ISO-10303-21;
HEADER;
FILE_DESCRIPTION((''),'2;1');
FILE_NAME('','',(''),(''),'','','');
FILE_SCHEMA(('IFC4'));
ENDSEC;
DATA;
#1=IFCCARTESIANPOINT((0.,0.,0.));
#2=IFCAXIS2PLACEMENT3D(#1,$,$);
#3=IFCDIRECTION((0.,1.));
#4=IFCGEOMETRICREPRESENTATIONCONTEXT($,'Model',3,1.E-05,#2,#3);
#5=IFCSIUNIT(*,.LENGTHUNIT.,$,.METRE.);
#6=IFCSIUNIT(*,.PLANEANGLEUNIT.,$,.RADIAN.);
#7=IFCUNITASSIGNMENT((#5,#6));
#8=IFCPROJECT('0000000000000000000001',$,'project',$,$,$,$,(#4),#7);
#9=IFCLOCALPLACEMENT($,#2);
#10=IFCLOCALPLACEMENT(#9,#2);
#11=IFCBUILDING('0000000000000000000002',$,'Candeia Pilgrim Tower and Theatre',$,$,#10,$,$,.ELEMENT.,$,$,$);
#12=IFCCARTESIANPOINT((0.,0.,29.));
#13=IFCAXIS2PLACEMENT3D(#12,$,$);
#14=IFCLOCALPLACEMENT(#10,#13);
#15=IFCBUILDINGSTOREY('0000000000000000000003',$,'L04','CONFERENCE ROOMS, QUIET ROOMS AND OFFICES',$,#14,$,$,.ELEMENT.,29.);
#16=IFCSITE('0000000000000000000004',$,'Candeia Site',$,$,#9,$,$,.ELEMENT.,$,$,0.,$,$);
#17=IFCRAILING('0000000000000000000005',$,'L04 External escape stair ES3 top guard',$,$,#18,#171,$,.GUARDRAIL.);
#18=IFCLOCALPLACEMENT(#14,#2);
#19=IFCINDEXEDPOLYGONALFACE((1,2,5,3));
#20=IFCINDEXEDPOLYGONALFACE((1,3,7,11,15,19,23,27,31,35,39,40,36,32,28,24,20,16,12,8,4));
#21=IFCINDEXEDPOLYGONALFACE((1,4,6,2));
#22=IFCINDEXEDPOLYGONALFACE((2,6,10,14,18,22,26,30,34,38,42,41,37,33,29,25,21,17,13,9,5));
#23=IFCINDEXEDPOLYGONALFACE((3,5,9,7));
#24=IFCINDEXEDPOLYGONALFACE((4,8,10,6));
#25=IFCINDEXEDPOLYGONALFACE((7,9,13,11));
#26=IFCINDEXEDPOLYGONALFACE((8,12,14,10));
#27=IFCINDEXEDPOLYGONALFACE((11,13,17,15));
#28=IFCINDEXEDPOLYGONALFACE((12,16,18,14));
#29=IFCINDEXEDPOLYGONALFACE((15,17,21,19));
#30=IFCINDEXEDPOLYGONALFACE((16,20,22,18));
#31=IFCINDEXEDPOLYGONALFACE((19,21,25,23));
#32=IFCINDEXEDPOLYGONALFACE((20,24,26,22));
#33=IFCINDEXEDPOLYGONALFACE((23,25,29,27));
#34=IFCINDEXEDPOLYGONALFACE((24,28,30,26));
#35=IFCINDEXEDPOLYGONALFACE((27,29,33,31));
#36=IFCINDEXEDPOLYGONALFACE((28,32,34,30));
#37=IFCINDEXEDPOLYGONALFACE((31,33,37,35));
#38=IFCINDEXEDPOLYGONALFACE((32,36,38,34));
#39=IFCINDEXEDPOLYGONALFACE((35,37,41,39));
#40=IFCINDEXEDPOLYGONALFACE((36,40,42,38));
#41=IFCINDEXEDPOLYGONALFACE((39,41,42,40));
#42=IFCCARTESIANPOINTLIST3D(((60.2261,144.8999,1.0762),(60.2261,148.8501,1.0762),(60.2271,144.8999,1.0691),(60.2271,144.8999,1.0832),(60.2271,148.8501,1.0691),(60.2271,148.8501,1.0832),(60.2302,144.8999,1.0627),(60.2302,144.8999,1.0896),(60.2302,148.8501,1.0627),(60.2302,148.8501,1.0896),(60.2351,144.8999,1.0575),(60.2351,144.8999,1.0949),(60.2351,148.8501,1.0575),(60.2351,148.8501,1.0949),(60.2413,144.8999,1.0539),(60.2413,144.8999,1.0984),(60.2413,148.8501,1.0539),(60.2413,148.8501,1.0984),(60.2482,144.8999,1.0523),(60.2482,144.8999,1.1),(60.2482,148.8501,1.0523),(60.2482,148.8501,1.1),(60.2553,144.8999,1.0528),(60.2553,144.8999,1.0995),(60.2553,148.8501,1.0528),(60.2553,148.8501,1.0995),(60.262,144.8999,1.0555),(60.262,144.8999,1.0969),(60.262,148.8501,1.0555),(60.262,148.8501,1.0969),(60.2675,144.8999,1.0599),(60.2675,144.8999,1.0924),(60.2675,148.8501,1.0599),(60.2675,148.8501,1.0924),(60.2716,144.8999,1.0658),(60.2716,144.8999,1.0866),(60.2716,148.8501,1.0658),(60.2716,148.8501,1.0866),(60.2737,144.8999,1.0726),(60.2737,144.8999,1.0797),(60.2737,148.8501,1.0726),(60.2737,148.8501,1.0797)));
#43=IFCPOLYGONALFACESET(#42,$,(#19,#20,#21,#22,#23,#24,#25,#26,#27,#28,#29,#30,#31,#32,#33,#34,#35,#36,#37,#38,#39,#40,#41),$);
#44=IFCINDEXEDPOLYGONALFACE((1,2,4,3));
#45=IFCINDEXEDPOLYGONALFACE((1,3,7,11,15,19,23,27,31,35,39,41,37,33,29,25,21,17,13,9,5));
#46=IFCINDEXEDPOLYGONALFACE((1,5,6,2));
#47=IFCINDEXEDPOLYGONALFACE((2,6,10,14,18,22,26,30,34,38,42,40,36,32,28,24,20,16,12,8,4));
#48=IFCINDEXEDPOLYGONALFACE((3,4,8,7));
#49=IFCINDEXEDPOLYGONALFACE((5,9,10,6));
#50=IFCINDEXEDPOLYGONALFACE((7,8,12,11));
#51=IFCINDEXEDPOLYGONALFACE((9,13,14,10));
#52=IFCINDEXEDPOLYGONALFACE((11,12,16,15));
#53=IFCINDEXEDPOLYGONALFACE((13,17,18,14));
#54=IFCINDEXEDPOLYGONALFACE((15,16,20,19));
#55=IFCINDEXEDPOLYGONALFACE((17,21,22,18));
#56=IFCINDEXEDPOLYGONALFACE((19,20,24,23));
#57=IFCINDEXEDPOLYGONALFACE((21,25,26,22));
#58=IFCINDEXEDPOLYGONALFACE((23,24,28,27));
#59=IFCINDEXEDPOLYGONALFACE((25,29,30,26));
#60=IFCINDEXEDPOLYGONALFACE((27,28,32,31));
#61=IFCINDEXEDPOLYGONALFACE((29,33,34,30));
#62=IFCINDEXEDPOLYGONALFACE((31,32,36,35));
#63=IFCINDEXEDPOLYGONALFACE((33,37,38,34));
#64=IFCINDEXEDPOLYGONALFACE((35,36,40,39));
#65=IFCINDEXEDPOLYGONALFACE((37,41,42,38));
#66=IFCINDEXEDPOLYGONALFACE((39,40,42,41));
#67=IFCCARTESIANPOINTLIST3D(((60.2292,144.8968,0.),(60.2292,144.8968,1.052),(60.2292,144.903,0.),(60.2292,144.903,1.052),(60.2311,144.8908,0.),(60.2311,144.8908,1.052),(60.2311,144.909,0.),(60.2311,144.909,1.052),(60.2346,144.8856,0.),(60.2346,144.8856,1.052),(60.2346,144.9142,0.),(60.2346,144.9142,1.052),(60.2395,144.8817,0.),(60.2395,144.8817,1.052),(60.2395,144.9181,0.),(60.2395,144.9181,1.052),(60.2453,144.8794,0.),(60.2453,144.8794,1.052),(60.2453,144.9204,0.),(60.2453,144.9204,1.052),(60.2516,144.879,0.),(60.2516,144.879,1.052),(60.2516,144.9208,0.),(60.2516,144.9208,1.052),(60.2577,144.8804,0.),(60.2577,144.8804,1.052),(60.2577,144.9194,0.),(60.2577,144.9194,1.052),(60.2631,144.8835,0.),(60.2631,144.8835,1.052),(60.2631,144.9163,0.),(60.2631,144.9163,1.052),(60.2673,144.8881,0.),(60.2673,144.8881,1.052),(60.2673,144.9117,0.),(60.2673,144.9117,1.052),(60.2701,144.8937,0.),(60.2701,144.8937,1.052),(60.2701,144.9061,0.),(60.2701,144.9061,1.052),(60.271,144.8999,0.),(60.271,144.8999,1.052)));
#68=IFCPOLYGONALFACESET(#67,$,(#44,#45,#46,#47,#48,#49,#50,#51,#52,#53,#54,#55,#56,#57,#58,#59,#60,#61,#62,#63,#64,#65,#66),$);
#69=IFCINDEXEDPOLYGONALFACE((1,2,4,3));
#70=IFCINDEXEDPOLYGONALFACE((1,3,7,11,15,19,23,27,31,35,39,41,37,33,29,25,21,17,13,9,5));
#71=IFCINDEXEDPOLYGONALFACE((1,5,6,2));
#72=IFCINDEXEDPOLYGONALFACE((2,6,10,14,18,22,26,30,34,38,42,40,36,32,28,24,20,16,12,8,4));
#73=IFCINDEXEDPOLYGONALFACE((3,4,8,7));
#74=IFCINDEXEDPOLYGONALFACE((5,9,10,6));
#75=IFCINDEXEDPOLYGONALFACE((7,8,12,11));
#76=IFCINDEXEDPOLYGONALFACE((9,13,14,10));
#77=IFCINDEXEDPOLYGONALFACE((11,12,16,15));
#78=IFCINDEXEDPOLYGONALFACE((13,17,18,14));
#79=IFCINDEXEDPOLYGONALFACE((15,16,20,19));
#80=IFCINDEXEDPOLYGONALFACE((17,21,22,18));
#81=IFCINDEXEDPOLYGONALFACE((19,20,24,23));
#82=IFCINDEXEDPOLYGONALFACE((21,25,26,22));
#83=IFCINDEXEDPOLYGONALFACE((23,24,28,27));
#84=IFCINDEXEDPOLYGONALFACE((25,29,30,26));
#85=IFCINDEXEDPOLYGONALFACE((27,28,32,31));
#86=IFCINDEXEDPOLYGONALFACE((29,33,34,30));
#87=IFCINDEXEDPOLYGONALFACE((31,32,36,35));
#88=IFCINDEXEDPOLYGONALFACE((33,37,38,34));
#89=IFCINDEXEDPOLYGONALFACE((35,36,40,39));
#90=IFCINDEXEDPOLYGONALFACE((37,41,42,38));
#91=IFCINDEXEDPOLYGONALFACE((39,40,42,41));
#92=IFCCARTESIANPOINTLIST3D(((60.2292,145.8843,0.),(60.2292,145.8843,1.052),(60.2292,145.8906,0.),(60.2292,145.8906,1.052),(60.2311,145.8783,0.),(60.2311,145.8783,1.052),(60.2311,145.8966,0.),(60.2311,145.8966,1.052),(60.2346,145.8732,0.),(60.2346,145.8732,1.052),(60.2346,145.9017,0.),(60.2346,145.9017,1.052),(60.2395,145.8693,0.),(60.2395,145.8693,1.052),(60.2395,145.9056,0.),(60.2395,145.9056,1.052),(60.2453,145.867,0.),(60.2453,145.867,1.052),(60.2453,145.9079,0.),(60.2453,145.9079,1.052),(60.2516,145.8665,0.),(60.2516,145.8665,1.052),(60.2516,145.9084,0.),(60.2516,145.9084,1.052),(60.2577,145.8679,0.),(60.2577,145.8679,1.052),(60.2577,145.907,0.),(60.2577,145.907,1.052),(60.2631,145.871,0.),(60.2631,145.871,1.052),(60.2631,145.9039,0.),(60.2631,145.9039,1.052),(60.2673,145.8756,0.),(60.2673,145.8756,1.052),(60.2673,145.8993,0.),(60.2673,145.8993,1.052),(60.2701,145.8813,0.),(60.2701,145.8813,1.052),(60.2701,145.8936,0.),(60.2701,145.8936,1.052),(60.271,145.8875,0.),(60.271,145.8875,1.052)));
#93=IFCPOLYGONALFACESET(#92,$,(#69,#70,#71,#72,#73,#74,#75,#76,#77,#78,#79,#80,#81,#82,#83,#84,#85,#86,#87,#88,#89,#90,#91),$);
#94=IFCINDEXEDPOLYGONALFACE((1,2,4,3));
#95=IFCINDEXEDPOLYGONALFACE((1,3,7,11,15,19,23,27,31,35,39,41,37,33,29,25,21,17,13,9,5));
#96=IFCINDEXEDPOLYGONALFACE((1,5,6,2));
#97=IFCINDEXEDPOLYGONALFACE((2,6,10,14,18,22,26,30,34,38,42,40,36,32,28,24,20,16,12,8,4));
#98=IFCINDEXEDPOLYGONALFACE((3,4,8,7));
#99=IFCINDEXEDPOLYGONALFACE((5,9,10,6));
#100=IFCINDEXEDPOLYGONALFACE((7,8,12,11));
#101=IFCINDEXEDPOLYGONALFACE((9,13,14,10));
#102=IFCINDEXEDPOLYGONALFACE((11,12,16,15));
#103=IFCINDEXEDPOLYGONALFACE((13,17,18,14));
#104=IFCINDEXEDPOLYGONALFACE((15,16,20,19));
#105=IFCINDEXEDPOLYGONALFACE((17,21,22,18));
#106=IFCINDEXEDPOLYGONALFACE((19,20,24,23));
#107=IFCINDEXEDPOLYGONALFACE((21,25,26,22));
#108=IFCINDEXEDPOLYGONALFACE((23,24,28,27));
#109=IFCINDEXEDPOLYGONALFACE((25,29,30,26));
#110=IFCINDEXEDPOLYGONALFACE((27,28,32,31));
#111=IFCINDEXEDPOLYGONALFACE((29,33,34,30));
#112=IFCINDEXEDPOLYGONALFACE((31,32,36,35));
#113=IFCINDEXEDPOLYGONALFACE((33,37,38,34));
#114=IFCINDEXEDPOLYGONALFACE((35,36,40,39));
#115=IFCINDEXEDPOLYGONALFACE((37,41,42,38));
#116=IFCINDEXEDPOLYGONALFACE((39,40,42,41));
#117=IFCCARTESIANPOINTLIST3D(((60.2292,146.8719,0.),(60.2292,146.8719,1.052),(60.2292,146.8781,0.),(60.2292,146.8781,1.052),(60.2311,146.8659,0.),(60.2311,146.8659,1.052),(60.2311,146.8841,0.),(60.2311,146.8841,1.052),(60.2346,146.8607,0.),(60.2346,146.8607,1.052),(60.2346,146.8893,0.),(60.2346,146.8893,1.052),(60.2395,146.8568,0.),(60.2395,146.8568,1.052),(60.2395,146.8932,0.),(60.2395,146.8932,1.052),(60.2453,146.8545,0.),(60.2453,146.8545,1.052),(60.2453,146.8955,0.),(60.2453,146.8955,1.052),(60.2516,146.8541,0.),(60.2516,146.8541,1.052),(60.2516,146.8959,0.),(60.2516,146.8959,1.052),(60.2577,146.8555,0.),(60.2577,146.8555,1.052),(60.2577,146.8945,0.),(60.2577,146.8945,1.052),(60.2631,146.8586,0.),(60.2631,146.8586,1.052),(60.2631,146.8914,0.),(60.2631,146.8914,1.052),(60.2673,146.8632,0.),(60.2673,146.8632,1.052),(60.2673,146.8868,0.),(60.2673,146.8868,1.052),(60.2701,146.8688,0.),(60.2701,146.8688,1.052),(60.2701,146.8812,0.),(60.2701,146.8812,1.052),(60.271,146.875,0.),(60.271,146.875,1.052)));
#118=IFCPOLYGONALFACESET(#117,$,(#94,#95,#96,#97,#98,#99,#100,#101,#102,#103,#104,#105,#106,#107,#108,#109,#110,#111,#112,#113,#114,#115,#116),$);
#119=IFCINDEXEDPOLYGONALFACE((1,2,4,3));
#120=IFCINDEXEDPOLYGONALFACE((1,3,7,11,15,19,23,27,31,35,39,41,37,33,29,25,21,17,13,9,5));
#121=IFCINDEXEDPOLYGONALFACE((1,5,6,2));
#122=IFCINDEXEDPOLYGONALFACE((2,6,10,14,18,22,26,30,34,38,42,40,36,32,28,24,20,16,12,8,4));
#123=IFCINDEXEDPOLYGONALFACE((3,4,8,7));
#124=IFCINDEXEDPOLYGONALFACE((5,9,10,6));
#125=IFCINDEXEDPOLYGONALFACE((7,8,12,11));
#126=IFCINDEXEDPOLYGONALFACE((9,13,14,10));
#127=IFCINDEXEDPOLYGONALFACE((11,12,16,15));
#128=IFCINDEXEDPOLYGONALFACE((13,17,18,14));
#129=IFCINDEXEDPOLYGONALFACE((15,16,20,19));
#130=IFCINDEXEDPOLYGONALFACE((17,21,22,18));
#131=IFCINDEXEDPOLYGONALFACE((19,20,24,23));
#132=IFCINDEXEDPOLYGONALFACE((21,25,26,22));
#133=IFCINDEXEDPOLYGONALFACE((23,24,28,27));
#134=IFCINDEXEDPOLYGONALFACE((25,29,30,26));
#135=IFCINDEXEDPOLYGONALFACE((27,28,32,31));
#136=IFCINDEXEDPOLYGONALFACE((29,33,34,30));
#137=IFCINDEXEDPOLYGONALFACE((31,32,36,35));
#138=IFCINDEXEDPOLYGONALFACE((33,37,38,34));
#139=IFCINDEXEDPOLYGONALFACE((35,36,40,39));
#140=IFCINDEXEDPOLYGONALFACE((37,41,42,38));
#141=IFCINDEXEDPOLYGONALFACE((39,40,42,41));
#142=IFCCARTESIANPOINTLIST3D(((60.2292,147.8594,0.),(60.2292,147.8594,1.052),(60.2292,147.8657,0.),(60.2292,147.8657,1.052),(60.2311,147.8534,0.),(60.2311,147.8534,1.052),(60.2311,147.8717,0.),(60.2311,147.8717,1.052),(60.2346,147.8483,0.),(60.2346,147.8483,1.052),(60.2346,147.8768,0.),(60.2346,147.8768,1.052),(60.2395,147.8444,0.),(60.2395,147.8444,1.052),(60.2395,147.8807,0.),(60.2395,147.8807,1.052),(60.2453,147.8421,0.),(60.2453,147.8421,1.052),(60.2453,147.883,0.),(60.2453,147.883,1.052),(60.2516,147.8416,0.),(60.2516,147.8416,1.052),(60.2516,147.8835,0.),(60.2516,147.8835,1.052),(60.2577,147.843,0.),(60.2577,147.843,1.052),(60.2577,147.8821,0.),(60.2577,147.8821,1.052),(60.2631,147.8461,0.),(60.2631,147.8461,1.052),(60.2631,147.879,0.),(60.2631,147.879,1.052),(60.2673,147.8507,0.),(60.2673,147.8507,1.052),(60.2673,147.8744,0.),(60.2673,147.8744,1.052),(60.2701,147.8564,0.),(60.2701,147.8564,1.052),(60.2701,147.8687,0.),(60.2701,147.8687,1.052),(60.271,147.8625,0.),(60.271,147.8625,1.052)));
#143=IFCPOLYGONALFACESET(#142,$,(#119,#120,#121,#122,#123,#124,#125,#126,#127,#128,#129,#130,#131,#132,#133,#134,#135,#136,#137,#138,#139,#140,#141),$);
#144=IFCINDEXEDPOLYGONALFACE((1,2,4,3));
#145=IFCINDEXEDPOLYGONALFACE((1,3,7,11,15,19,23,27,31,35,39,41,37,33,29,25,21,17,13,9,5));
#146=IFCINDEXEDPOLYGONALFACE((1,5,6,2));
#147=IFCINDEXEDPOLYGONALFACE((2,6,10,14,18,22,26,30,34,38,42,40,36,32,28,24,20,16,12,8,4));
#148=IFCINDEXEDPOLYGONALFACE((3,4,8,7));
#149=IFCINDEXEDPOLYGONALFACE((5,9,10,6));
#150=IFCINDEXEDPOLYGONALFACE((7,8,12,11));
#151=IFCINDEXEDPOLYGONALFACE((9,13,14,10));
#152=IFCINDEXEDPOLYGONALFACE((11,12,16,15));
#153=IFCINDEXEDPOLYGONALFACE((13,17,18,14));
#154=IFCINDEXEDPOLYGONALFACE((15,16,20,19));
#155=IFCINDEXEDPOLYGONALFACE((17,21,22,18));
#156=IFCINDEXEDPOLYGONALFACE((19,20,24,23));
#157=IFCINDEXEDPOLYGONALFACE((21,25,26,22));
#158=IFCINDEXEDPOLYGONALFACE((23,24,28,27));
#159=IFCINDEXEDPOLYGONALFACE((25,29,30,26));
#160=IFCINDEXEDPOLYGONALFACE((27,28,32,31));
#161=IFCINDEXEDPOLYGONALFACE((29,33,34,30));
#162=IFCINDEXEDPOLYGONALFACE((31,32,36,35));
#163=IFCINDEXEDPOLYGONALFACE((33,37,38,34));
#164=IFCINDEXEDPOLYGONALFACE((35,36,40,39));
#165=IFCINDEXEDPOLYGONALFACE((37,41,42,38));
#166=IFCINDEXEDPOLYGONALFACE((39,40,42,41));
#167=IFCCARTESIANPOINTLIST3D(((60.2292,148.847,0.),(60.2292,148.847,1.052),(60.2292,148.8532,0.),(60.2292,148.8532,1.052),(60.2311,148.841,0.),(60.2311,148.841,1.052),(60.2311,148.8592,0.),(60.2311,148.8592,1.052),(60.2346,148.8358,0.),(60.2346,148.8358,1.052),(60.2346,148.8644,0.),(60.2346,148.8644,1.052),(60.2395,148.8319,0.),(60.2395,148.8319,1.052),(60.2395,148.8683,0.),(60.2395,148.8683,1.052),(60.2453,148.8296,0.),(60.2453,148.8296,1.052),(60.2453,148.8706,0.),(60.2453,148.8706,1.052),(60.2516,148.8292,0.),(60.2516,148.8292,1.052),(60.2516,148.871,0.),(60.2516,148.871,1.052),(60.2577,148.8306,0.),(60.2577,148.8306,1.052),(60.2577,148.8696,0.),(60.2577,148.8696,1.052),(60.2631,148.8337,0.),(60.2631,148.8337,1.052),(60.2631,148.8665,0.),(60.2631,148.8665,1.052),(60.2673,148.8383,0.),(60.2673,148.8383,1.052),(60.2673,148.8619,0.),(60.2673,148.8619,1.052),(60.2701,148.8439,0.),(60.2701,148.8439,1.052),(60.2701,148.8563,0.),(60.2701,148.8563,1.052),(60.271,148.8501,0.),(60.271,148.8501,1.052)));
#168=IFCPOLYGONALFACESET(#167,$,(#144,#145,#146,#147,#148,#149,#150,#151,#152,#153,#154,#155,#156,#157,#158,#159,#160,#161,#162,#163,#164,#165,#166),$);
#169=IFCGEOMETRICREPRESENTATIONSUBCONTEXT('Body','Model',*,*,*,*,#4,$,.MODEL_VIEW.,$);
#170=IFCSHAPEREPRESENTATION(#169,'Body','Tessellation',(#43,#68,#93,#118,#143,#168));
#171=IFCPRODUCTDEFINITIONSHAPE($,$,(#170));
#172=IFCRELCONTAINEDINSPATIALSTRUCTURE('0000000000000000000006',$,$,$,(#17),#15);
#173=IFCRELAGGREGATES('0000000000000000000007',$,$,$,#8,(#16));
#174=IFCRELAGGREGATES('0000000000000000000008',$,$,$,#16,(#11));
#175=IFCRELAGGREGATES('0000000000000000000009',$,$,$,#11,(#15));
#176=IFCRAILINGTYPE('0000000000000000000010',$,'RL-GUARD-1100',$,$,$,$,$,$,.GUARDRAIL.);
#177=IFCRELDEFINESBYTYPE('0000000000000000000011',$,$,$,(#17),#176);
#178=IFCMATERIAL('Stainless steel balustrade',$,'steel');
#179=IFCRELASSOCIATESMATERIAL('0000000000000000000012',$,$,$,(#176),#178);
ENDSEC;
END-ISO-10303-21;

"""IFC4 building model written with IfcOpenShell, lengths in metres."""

from ifc_helpers import new_model, si_unit, direction, frame, origin, origin_2d, place, context, subcontext, project, spatial, circle, extrude, material, type_object, element, save


model = new_model("IFC4")

# Units and contexts
model_context = context("Model", 3, precision=1e-05, world=origin(), true_north=direction((0.0, 1.0)))
body_context = subcontext(model_context, "Body", "Model", "MODEL_VIEW")
ifc_project = project(units=[si_unit("LENGTHUNIT", "METRE"), si_unit("PLANEANGLEUNIT", "RADIAN")], contexts=[model_context])

# Site, building, storey
site_placement = place(None, origin())
site = spatial("IfcSite", under=ifc_project, at=site_placement, Name="Candeia Site", CompositionType="ELEMENT", RefElevation=0.0)
building_placement = place(site_placement, origin())
building = spatial("IfcBuilding", under=site, at=building_placement, Name="Candeia Pilgrim Tower and Theatre", CompositionType="ELEMENT")
storey_placement = place(building_placement, frame((0.0, 0.0, 29.0)))
storey = spatial("IfcBuildingStorey", under=building, at=storey_placement, Name="L04", Description="CONFERENCE ROOMS, QUIET ROOMS AND OFFICES", CompositionType="ELEMENT", Elevation=29.0)

# Railing
ifc_material_1 = material(Name="Stainless steel balustrade", Category="steel")
railing_type_1 = type_object("IfcRailingType", Name="RL-GUARD-1100", PredefinedType="GUARDRAIL", material=ifc_material_1)
railing_1_placement = place(storey_placement, frame((60.25, 144.8999, 0.0)))
element("IfcRailing", 1, at=railing_1_placement, inside=storey, type_object=railing_type_1, Name="L04 External escape stair ES3 top guard", PredefinedType="GUARDRAIL", context=body_context, shape_type="SweptSolid", body=[
    extrude(circle(Radius=0.0239, at=origin_2d()), frame((0.0, 0.0, 1.0762), z_axis=(0.0, 1.0, 0.0), x_axis=(-1.0, 0.0, 0.0)), (0.0, 0.0, 1.0), 3.9502),
    extrude(circle(Radius=0.021, at=origin_2d()), origin(), (0.0, 0.0, 1.0), 1.052),
    extrude(circle(Radius=0.021, at=origin_2d()), frame((0.0, 0.9875, 0.0)), (0.0, 0.0, 1.0), 1.052),
    extrude(circle(Radius=0.021, at=origin_2d()), frame((0.0, 1.9751, 0.0)), (0.0, 0.0, 1.0), 1.052),
    extrude(circle(Radius=0.021, at=origin_2d()), frame((0.0, 2.9626, 0.0)), (0.0, 0.0, 1.0), 1.052),
    extrude(circle(Radius=0.021, at=origin_2d()), frame((0.0, 3.9502, 0.0)), (0.0, 0.0, 1.0), 1.052),
])

save(model, "model.ifc")
